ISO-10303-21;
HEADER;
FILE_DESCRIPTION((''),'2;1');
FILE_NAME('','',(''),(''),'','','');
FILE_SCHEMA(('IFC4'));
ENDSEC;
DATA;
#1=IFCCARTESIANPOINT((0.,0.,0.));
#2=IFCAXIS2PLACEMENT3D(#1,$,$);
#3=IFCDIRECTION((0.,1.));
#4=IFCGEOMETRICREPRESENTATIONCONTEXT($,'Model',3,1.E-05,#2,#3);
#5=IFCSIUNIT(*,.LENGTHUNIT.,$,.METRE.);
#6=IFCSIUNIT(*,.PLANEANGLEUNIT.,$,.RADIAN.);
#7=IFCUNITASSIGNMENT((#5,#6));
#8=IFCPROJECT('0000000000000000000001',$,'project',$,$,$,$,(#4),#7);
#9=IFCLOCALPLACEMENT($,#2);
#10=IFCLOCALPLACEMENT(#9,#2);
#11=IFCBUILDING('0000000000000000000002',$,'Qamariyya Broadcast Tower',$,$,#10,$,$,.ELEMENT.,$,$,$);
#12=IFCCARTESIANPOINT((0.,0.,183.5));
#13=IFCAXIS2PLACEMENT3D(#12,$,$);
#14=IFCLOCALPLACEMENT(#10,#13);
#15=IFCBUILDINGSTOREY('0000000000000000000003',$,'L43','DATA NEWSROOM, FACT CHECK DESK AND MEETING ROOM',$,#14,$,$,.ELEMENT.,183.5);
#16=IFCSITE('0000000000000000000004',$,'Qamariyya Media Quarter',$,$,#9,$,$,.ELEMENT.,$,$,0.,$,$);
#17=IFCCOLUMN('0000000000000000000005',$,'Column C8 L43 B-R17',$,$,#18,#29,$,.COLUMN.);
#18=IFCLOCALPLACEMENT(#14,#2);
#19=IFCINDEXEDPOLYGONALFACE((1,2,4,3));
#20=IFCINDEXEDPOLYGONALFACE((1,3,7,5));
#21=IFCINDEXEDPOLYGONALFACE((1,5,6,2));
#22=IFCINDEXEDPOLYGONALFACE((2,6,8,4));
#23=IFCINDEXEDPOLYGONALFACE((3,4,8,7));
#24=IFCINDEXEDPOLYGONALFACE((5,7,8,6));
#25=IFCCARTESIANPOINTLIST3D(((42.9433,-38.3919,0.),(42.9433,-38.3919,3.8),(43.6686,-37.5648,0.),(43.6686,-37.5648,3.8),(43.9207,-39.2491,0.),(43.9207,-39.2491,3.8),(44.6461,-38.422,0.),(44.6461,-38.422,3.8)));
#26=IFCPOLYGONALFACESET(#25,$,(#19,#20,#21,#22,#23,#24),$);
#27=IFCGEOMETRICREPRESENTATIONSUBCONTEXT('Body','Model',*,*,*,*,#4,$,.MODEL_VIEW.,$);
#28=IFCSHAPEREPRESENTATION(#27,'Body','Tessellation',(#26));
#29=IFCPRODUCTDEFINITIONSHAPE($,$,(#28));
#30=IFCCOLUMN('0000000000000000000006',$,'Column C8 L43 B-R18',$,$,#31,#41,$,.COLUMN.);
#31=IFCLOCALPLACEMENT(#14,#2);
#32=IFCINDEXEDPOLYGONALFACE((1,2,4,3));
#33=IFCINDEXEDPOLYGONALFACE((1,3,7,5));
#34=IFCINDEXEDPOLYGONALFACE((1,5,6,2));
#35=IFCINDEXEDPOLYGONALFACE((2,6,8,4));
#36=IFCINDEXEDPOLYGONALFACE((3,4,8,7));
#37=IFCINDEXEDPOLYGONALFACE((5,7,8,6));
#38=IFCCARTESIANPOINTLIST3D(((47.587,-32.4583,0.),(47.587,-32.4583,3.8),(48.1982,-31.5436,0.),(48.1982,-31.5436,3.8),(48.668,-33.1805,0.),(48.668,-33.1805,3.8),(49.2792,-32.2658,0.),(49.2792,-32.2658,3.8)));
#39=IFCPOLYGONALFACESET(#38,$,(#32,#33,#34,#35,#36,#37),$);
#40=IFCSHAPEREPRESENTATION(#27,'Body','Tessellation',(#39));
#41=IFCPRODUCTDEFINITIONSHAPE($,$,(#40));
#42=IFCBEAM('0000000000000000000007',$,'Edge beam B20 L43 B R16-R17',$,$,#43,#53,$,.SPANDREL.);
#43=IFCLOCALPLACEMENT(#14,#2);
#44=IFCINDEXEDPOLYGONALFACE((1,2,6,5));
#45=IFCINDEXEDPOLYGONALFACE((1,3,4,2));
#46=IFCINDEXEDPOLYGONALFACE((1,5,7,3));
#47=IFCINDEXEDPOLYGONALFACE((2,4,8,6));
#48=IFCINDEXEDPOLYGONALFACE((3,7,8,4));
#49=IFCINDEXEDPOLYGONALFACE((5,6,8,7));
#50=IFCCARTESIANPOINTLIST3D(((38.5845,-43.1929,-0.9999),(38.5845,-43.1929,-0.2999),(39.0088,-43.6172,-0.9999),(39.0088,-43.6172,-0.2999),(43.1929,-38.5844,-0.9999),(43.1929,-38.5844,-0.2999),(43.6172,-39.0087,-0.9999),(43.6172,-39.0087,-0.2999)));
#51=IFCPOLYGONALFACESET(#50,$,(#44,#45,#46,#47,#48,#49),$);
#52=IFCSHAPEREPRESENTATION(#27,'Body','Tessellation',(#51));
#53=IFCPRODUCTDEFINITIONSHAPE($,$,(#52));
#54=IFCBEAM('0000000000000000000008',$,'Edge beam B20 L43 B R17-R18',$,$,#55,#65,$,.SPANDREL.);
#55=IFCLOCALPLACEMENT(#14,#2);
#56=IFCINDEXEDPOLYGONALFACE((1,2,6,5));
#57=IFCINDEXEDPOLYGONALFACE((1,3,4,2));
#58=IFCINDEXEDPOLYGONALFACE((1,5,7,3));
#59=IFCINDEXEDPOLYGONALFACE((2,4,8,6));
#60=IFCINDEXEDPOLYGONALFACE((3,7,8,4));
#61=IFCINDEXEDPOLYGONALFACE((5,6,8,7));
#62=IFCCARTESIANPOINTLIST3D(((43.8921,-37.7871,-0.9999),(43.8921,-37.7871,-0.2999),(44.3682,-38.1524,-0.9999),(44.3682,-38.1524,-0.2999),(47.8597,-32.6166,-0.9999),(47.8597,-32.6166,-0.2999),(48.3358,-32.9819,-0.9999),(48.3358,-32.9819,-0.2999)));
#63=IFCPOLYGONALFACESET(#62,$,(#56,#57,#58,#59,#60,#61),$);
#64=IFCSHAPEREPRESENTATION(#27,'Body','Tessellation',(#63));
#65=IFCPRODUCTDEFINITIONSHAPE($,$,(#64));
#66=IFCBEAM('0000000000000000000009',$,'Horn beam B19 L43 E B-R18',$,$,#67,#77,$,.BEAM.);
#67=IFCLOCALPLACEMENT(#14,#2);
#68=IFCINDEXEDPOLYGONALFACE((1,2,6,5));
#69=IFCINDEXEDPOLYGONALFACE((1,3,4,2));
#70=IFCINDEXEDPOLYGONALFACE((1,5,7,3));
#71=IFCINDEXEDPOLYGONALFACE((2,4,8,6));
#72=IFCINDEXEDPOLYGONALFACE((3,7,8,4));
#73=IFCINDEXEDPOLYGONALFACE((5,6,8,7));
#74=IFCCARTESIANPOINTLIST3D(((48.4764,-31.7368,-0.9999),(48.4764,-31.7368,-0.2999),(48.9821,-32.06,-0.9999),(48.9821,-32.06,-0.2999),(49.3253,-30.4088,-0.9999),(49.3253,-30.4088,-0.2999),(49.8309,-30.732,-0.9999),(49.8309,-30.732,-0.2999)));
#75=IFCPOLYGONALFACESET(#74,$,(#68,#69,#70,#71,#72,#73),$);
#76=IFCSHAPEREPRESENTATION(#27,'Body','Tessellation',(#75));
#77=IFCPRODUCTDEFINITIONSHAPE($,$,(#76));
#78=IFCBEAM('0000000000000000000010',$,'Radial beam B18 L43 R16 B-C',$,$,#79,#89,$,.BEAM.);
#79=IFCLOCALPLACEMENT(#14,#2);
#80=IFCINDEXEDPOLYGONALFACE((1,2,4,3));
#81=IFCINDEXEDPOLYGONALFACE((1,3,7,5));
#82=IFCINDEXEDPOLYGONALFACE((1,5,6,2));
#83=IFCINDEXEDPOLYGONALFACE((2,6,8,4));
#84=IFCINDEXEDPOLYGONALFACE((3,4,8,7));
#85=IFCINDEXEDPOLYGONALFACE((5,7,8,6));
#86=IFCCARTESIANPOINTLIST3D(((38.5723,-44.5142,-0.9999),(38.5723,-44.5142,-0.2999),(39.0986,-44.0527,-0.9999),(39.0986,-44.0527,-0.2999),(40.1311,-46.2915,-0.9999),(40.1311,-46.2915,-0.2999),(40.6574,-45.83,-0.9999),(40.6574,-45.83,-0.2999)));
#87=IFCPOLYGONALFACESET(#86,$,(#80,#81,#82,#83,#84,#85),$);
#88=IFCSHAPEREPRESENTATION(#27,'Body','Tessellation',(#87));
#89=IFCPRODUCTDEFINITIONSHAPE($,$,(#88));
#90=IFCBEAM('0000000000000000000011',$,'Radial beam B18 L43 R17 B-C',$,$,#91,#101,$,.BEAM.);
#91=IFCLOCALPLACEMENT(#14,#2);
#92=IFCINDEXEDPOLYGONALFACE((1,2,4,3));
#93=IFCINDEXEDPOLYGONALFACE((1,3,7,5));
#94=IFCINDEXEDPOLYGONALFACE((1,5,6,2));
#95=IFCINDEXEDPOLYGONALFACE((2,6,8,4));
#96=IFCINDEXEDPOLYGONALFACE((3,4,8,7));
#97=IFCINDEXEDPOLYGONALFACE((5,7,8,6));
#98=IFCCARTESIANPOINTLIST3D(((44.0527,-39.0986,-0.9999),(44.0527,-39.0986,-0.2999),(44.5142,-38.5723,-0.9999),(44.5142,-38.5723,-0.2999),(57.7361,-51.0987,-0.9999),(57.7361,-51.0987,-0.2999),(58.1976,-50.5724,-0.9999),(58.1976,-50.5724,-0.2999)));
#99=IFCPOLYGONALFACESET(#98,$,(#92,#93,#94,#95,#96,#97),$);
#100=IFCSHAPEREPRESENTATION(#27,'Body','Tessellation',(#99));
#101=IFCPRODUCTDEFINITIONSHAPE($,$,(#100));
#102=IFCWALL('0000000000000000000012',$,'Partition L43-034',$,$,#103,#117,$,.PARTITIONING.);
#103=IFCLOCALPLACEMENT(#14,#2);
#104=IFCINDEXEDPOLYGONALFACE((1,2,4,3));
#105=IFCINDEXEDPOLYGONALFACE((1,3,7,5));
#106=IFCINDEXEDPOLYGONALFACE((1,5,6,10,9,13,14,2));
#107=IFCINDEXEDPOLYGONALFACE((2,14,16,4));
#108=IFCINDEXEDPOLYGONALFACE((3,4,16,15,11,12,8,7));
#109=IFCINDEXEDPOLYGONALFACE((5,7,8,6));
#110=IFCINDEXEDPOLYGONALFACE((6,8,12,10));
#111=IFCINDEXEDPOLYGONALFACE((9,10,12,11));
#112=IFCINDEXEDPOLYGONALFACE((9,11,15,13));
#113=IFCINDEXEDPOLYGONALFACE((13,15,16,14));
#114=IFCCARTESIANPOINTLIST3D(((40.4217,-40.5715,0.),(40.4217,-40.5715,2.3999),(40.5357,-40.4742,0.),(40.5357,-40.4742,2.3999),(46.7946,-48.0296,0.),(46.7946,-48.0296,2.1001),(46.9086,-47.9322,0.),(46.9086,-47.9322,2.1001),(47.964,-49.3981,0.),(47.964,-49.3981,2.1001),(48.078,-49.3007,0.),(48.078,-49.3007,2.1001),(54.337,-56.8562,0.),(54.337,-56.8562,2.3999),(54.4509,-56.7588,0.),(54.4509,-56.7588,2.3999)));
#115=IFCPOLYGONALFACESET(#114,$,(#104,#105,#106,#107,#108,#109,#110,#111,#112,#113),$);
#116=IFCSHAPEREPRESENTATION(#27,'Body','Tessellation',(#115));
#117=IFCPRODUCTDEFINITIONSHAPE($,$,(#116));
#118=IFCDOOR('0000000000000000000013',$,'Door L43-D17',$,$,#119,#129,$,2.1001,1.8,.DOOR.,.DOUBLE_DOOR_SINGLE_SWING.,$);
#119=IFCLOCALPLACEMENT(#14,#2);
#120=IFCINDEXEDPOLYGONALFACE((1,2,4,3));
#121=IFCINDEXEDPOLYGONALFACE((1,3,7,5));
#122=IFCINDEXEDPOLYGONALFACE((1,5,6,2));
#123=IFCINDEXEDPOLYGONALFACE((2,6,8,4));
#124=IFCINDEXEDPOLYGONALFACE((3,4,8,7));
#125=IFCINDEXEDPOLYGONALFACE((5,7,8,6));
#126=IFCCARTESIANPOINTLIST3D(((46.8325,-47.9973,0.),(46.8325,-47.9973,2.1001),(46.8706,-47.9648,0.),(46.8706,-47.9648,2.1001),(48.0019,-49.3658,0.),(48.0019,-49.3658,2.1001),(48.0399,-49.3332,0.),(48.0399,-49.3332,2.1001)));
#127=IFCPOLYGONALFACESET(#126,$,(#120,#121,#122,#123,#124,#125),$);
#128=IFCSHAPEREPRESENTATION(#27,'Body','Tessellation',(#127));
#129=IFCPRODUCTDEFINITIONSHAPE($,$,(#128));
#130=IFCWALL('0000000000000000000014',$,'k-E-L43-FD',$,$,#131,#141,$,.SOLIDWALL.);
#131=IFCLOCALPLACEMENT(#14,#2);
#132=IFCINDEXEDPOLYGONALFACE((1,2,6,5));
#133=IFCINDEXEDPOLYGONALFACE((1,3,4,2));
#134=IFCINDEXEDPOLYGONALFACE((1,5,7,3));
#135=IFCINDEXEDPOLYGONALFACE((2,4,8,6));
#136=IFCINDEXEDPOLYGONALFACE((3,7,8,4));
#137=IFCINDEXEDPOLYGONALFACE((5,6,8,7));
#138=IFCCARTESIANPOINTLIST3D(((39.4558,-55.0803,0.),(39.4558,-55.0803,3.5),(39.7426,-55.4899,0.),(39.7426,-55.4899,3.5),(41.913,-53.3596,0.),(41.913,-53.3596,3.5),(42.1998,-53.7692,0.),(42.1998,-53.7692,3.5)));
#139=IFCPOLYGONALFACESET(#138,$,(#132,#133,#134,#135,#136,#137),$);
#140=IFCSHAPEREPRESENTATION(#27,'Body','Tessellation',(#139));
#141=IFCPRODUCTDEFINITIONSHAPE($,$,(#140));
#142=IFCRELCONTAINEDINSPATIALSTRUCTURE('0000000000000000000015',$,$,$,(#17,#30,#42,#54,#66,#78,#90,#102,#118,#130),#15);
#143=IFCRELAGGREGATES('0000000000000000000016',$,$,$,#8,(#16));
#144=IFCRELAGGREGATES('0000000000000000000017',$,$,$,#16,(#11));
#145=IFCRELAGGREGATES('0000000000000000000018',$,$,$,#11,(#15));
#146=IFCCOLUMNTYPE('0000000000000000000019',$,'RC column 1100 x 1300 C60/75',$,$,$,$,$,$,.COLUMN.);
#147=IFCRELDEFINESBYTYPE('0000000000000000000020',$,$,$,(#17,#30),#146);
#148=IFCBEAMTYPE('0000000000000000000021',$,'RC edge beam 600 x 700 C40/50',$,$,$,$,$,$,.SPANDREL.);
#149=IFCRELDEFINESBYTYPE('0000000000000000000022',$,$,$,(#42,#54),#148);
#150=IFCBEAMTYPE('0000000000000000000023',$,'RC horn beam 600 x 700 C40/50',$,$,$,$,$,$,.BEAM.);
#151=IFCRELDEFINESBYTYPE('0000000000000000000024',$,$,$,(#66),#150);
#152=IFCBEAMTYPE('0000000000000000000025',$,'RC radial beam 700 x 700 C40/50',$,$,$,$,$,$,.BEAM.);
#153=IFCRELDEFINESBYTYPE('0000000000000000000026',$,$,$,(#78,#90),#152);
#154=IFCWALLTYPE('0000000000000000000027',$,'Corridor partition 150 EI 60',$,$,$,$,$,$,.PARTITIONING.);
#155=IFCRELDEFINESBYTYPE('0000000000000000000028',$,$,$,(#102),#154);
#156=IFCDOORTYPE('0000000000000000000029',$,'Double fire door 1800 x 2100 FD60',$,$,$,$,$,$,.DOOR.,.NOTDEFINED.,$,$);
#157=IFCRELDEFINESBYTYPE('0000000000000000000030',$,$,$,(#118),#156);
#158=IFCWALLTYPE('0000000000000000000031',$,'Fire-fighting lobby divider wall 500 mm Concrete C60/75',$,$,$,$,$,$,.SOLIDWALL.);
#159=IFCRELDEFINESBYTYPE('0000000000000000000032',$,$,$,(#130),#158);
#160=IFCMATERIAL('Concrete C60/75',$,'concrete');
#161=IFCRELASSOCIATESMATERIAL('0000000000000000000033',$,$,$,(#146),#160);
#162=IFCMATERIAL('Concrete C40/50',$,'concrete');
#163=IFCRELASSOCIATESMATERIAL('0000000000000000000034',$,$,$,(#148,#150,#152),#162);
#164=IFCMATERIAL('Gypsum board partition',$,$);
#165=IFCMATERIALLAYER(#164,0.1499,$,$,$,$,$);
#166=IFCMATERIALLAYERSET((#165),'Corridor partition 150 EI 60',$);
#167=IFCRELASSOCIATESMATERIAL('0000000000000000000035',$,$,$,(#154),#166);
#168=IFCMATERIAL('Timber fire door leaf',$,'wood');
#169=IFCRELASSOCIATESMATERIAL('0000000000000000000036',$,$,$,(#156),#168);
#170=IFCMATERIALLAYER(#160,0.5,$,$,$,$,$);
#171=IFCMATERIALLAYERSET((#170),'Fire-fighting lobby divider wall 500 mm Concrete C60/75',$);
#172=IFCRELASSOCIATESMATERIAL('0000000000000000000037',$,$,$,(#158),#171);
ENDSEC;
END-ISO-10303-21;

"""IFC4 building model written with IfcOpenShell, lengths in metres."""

from ifc_helpers import new_model, si_unit, direction, frame, frame_2d, origin, origin_2d, place, context, subcontext, project, spatial, rectangle, extrude, material, layer, layer_set, material_profile, profile_set, type_object, element, fill, save


model = new_model("IFC4")

# Units and contexts
model_context = context("Model", 3, precision=1e-05, world=origin(), true_north=direction((0.0, 1.0)))
body_context = subcontext(model_context, "Body", "Model", "MODEL_VIEW")
ifc_project = project(units=[si_unit("LENGTHUNIT", "METRE"), si_unit("PLANEANGLEUNIT", "RADIAN")], contexts=[model_context])

# Site, building, storey
site_placement = place(None, origin())
site = spatial("IfcSite", under=ifc_project, at=site_placement, Name="Qamariyya Media Quarter", CompositionType="ELEMENT", RefElevation=0.0)
building_placement = place(site_placement, origin())
building = spatial("IfcBuilding", under=site, at=building_placement, Name="Qamariyya Broadcast Tower", CompositionType="ELEMENT")
storey_placement = place(building_placement, frame((0.0, 0.0, 183.5)))
storey = spatial("IfcBuildingStorey", under=building, at=storey_placement, Name="L43", Description="DATA NEWSROOM, FACT CHECK DESK AND MEETING ROOM", CompositionType="ELEMENT", Elevation=183.5)

# Columns
ifc_material_1 = material(Name="Concrete C60/75", Category="concrete")
ifc_material_profile_1 = material_profile(ifc_material_1, rectangle(XDim=1.1001, YDim=1.3, at=origin_2d()))
ifc_profile_set_1 = profile_set([ifc_material_profile_1], Name="Concrete C60/75")
column_type = type_object("IfcColumnType", Name="RC column 1100 x 1300 C60/75", PredefinedType="COLUMN", material=ifc_profile_set_1)
for number, where, z_axis, x_axis, name in (
    (1, (43.7947, -38.407, 0.0), (0.0, 0.0, 1.0), (0.659346, 0.75184, 0.0), "Column C8 L43 B-R17"),
    (2, (48.4331, -32.3621, 0.0), (0.0, 0.0, 1.0), (0.55557, 0.83147, 0.0), "Column C8 L43 B-R18"),
):
    element("IfcColumn", number, at=place(storey_placement, frame(where, z_axis=z_axis, x_axis=x_axis)), inside=storey, type_object=column_type, Name=name, PredefinedType="COLUMN", context=body_context, shape_type="SweptSolid", body=[
        extrude(rectangle(XDim=1.1001, YDim=1.3, at=origin_2d()), origin(), (0.0, 0.0, 1.0), 3.8),
    ])

# Beams
ifc_material_2 = material(Name="Concrete C40/50", Category="concrete")
ifc_material_profile_2 = material_profile(ifc_material_2, rectangle(XDim=0.6001, YDim=0.7, at=origin_2d()))
ifc_profile_set_2 = profile_set([ifc_material_profile_2], Name="Concrete C40/50")
beam_type_1 = type_object("IfcBeamType", Name="RC edge beam 600 x 700 C40/50", PredefinedType="SPANDREL", material=ifc_profile_set_2)
for number, where, z_axis, x_axis, name in (
    (3, (38.7966, -43.405, -0.6499), (0.707107, 0.707107, 0.0), (-0.707107, 0.707107, 0.0), "Edge beam B20 L43 B R16-R17"),
    (4, (44.1301, -37.9697, -0.6499), (0.608774, 0.793343, 0.0), (-0.793343, 0.608774, 0.0), "Edge beam B20 L43 B R17-R18"),
):
    element("IfcBeam", number, at=place(storey_placement, frame(where, z_axis=z_axis, x_axis=x_axis)), inside=storey, type_object=beam_type_1, Name=name, PredefinedType="SPANDREL", context=body_context, shape_type="SweptSolid", body=[
        extrude(rectangle(XDim=0.6001, YDim=0.7, at=origin_2d()), origin(), (0.0, 0.0, 1.0), 6.5173),
    ])
ifc_material_profile_3 = material_profile(ifc_material_2, rectangle(XDim=0.6001, YDim=0.7, at=origin_2d()))
ifc_profile_set_3 = profile_set([ifc_material_profile_3], Name="Concrete C40/50")
beam_type_2 = type_object("IfcBeamType", Name="RC horn beam 600 x 700 C40/50", PredefinedType="BEAM", material=ifc_profile_set_3)
beam_1_placement = place(storey_placement, frame((48.7292, -31.8984, -0.6499), z_axis=(0.538548, 0.842595, 0.0), x_axis=(-0.842595, 0.538548, 0.0)))
element("IfcBeam", 5, at=beam_1_placement, inside=storey, type_object=beam_type_2, Name="Horn beam B19 L43 E B-R18", PredefinedType="BEAM", context=body_context, shape_type="SweptSolid", body=[
    extrude(rectangle(XDim=0.6001, YDim=0.7, at=origin_2d()), origin(), (0.0, 0.0, 1.0), 1.5762),
])
ifc_material_profile_4 = material_profile(ifc_material_2, rectangle(XDim=0.7, YDim=0.7, at=origin_2d()))
ifc_profile_set_4 = profile_set([ifc_material_profile_4], Name="Concrete C40/50")
beam_type_3 = type_object("IfcBeamType", Name="RC radial beam 700 x 700 C40/50", PredefinedType="BEAM", material=ifc_profile_set_4)
beam_2_placement = place(storey_placement, frame((38.8354, -44.2834, -0.6499), z_axis=(0.659382, -0.751809, 0.0), x_axis=(0.751809, 0.659382, 0.0)))
element("IfcBeam", 6, at=beam_2_placement, inside=storey, type_object=beam_type_3, Name="Radial beam B18 L43 R16 B-C", PredefinedType="BEAM", context=body_context, shape_type="SweptSolid", body=[
    extrude(rectangle(XDim=0.7, YDim=0.7, at=origin_2d()), origin(), (0.0, 0.0, 1.0), 2.364),
])
beam_3_placement = place(storey_placement, frame((44.2834, -38.8354, -0.6499), z_axis=(0.751839, -0.659347, 0.0), x_axis=(0.659347, 0.751839, 0.0)))
element("IfcBeam", 7, at=beam_3_placement, inside=storey, type_object=beam_type_3, Name="Radial beam B18 L43 R17 B-C", PredefinedType="BEAM", context=body_context, shape_type="SweptSolid", body=[
    extrude(rectangle(XDim=0.7, YDim=0.7, at=origin_2d()), origin(), (0.0, 0.0, 1.0), 18.2),
])

# Wall, opening, door
ifc_material_3 = material(Name="Gypsum board partition")
ifc_layer_1 = layer(ifc_material_3, 0.1499)
ifc_layer_set_1 = layer_set([ifc_layer_1], Name="Corridor partition 150 EI 60")
wall_type_1 = type_object("IfcWallType", Name="Corridor partition 150 EI 60", PredefinedType="PARTITIONING", material=ifc_layer_set_1)
wall_1_placement = place(storey_placement, frame((40.4788, -40.5229, 0.0), z_axis=(0.0, 0.0, 1.0), x_axis=(0.649633, -0.760248, 0.0)))
wall_1 = element("IfcWall", 8, at=wall_1_placement, inside=storey, type_object=wall_type_1, Name="Partition L43-034", PredefinedType="PARTITIONING", context=body_context, shape_type="SweptSolid", body=[
    extrude(rectangle(XDim=21.4202, YDim=0.1499, at=frame_2d((10.71, 0.0))), origin(), (0.0, 0.0, 1.0), 2.3999),
])
opening_1_placement = place(wall_1_placement, frame((9.8101, 0.0, 0.0)))
opening_1 = element("IfcOpeningElement", 9, at=opening_1_placement, cuts=wall_1, PredefinedType="OPENING", context=body_context, shape_type="SweptSolid", body=[
    extrude(rectangle(XDim=1.8, YDim=2.1001, at=frame_2d((0.8999, 1.05))), frame((0.0, 0.085, 0.0), z_axis=(0.0, -1.0, 0.0), x_axis=(1.0, 0.0, 0.0)), (0.0, 0.0, 1.0), 0.1699),
])
ifc_material_4 = material(Name="Timber fire door leaf", Category="wood")
door_type = type_object("IfcDoorType", Name="Double fire door 1800 x 2100 FD60", OperationType="NOTDEFINED", PredefinedType="DOOR", material=ifc_material_4)
door_placement = place(opening_1_placement, origin())
door = element("IfcDoor", 10, at=door_placement, inside=storey, type_object=door_type, Name="Door L43-D17", OperationType="DOUBLE_DOOR_SINGLE_SWING", OverallHeight=2.1001, OverallWidth=1.8, PredefinedType="DOOR", context=body_context, shape_type="SweptSolid", body=[
    extrude(rectangle(XDim=1.8, YDim=2.1001, at=frame_2d((0.8999, 1.05))), frame((0.0, 0.0249, 0.0), z_axis=(0.0, -1.0, 0.0), x_axis=(1.0, 0.0, 0.0)), (0.0, 0.0, 1.0), 0.05),
])
fill(opening_1, door)

# Wall
ifc_layer_2 = layer(ifc_material_1, 0.5)
ifc_layer_set_2 = layer_set([ifc_layer_2], Name="Fire-fighting lobby divider wall 500 mm Concrete C60/75")
wall_type_2 = type_object("IfcWallType", Name="Fire-fighting lobby divider wall 500 mm Concrete C60/75", PredefinedType="SOLIDWALL", material=ifc_layer_set_2)
wall_2_placement = place(storey_placement, frame((39.5991, -55.2852, 0.0), z_axis=(0.0, 0.0, 1.0), x_axis=(0.819136, 0.573599, 0.0)))
element("IfcWall", 11, at=wall_2_placement, inside=storey, type_object=wall_type_2, Name="k-E-L43-FD", PredefinedType="SOLIDWALL", context=body_context, shape_type="SweptSolid", body=[
    extrude(rectangle(XDim=2.9998, YDim=0.5, at=frame_2d((1.5, 0.0))), origin(), (0.0, 0.0, 1.0), 3.5),
])

save(model, "model.ifc")
